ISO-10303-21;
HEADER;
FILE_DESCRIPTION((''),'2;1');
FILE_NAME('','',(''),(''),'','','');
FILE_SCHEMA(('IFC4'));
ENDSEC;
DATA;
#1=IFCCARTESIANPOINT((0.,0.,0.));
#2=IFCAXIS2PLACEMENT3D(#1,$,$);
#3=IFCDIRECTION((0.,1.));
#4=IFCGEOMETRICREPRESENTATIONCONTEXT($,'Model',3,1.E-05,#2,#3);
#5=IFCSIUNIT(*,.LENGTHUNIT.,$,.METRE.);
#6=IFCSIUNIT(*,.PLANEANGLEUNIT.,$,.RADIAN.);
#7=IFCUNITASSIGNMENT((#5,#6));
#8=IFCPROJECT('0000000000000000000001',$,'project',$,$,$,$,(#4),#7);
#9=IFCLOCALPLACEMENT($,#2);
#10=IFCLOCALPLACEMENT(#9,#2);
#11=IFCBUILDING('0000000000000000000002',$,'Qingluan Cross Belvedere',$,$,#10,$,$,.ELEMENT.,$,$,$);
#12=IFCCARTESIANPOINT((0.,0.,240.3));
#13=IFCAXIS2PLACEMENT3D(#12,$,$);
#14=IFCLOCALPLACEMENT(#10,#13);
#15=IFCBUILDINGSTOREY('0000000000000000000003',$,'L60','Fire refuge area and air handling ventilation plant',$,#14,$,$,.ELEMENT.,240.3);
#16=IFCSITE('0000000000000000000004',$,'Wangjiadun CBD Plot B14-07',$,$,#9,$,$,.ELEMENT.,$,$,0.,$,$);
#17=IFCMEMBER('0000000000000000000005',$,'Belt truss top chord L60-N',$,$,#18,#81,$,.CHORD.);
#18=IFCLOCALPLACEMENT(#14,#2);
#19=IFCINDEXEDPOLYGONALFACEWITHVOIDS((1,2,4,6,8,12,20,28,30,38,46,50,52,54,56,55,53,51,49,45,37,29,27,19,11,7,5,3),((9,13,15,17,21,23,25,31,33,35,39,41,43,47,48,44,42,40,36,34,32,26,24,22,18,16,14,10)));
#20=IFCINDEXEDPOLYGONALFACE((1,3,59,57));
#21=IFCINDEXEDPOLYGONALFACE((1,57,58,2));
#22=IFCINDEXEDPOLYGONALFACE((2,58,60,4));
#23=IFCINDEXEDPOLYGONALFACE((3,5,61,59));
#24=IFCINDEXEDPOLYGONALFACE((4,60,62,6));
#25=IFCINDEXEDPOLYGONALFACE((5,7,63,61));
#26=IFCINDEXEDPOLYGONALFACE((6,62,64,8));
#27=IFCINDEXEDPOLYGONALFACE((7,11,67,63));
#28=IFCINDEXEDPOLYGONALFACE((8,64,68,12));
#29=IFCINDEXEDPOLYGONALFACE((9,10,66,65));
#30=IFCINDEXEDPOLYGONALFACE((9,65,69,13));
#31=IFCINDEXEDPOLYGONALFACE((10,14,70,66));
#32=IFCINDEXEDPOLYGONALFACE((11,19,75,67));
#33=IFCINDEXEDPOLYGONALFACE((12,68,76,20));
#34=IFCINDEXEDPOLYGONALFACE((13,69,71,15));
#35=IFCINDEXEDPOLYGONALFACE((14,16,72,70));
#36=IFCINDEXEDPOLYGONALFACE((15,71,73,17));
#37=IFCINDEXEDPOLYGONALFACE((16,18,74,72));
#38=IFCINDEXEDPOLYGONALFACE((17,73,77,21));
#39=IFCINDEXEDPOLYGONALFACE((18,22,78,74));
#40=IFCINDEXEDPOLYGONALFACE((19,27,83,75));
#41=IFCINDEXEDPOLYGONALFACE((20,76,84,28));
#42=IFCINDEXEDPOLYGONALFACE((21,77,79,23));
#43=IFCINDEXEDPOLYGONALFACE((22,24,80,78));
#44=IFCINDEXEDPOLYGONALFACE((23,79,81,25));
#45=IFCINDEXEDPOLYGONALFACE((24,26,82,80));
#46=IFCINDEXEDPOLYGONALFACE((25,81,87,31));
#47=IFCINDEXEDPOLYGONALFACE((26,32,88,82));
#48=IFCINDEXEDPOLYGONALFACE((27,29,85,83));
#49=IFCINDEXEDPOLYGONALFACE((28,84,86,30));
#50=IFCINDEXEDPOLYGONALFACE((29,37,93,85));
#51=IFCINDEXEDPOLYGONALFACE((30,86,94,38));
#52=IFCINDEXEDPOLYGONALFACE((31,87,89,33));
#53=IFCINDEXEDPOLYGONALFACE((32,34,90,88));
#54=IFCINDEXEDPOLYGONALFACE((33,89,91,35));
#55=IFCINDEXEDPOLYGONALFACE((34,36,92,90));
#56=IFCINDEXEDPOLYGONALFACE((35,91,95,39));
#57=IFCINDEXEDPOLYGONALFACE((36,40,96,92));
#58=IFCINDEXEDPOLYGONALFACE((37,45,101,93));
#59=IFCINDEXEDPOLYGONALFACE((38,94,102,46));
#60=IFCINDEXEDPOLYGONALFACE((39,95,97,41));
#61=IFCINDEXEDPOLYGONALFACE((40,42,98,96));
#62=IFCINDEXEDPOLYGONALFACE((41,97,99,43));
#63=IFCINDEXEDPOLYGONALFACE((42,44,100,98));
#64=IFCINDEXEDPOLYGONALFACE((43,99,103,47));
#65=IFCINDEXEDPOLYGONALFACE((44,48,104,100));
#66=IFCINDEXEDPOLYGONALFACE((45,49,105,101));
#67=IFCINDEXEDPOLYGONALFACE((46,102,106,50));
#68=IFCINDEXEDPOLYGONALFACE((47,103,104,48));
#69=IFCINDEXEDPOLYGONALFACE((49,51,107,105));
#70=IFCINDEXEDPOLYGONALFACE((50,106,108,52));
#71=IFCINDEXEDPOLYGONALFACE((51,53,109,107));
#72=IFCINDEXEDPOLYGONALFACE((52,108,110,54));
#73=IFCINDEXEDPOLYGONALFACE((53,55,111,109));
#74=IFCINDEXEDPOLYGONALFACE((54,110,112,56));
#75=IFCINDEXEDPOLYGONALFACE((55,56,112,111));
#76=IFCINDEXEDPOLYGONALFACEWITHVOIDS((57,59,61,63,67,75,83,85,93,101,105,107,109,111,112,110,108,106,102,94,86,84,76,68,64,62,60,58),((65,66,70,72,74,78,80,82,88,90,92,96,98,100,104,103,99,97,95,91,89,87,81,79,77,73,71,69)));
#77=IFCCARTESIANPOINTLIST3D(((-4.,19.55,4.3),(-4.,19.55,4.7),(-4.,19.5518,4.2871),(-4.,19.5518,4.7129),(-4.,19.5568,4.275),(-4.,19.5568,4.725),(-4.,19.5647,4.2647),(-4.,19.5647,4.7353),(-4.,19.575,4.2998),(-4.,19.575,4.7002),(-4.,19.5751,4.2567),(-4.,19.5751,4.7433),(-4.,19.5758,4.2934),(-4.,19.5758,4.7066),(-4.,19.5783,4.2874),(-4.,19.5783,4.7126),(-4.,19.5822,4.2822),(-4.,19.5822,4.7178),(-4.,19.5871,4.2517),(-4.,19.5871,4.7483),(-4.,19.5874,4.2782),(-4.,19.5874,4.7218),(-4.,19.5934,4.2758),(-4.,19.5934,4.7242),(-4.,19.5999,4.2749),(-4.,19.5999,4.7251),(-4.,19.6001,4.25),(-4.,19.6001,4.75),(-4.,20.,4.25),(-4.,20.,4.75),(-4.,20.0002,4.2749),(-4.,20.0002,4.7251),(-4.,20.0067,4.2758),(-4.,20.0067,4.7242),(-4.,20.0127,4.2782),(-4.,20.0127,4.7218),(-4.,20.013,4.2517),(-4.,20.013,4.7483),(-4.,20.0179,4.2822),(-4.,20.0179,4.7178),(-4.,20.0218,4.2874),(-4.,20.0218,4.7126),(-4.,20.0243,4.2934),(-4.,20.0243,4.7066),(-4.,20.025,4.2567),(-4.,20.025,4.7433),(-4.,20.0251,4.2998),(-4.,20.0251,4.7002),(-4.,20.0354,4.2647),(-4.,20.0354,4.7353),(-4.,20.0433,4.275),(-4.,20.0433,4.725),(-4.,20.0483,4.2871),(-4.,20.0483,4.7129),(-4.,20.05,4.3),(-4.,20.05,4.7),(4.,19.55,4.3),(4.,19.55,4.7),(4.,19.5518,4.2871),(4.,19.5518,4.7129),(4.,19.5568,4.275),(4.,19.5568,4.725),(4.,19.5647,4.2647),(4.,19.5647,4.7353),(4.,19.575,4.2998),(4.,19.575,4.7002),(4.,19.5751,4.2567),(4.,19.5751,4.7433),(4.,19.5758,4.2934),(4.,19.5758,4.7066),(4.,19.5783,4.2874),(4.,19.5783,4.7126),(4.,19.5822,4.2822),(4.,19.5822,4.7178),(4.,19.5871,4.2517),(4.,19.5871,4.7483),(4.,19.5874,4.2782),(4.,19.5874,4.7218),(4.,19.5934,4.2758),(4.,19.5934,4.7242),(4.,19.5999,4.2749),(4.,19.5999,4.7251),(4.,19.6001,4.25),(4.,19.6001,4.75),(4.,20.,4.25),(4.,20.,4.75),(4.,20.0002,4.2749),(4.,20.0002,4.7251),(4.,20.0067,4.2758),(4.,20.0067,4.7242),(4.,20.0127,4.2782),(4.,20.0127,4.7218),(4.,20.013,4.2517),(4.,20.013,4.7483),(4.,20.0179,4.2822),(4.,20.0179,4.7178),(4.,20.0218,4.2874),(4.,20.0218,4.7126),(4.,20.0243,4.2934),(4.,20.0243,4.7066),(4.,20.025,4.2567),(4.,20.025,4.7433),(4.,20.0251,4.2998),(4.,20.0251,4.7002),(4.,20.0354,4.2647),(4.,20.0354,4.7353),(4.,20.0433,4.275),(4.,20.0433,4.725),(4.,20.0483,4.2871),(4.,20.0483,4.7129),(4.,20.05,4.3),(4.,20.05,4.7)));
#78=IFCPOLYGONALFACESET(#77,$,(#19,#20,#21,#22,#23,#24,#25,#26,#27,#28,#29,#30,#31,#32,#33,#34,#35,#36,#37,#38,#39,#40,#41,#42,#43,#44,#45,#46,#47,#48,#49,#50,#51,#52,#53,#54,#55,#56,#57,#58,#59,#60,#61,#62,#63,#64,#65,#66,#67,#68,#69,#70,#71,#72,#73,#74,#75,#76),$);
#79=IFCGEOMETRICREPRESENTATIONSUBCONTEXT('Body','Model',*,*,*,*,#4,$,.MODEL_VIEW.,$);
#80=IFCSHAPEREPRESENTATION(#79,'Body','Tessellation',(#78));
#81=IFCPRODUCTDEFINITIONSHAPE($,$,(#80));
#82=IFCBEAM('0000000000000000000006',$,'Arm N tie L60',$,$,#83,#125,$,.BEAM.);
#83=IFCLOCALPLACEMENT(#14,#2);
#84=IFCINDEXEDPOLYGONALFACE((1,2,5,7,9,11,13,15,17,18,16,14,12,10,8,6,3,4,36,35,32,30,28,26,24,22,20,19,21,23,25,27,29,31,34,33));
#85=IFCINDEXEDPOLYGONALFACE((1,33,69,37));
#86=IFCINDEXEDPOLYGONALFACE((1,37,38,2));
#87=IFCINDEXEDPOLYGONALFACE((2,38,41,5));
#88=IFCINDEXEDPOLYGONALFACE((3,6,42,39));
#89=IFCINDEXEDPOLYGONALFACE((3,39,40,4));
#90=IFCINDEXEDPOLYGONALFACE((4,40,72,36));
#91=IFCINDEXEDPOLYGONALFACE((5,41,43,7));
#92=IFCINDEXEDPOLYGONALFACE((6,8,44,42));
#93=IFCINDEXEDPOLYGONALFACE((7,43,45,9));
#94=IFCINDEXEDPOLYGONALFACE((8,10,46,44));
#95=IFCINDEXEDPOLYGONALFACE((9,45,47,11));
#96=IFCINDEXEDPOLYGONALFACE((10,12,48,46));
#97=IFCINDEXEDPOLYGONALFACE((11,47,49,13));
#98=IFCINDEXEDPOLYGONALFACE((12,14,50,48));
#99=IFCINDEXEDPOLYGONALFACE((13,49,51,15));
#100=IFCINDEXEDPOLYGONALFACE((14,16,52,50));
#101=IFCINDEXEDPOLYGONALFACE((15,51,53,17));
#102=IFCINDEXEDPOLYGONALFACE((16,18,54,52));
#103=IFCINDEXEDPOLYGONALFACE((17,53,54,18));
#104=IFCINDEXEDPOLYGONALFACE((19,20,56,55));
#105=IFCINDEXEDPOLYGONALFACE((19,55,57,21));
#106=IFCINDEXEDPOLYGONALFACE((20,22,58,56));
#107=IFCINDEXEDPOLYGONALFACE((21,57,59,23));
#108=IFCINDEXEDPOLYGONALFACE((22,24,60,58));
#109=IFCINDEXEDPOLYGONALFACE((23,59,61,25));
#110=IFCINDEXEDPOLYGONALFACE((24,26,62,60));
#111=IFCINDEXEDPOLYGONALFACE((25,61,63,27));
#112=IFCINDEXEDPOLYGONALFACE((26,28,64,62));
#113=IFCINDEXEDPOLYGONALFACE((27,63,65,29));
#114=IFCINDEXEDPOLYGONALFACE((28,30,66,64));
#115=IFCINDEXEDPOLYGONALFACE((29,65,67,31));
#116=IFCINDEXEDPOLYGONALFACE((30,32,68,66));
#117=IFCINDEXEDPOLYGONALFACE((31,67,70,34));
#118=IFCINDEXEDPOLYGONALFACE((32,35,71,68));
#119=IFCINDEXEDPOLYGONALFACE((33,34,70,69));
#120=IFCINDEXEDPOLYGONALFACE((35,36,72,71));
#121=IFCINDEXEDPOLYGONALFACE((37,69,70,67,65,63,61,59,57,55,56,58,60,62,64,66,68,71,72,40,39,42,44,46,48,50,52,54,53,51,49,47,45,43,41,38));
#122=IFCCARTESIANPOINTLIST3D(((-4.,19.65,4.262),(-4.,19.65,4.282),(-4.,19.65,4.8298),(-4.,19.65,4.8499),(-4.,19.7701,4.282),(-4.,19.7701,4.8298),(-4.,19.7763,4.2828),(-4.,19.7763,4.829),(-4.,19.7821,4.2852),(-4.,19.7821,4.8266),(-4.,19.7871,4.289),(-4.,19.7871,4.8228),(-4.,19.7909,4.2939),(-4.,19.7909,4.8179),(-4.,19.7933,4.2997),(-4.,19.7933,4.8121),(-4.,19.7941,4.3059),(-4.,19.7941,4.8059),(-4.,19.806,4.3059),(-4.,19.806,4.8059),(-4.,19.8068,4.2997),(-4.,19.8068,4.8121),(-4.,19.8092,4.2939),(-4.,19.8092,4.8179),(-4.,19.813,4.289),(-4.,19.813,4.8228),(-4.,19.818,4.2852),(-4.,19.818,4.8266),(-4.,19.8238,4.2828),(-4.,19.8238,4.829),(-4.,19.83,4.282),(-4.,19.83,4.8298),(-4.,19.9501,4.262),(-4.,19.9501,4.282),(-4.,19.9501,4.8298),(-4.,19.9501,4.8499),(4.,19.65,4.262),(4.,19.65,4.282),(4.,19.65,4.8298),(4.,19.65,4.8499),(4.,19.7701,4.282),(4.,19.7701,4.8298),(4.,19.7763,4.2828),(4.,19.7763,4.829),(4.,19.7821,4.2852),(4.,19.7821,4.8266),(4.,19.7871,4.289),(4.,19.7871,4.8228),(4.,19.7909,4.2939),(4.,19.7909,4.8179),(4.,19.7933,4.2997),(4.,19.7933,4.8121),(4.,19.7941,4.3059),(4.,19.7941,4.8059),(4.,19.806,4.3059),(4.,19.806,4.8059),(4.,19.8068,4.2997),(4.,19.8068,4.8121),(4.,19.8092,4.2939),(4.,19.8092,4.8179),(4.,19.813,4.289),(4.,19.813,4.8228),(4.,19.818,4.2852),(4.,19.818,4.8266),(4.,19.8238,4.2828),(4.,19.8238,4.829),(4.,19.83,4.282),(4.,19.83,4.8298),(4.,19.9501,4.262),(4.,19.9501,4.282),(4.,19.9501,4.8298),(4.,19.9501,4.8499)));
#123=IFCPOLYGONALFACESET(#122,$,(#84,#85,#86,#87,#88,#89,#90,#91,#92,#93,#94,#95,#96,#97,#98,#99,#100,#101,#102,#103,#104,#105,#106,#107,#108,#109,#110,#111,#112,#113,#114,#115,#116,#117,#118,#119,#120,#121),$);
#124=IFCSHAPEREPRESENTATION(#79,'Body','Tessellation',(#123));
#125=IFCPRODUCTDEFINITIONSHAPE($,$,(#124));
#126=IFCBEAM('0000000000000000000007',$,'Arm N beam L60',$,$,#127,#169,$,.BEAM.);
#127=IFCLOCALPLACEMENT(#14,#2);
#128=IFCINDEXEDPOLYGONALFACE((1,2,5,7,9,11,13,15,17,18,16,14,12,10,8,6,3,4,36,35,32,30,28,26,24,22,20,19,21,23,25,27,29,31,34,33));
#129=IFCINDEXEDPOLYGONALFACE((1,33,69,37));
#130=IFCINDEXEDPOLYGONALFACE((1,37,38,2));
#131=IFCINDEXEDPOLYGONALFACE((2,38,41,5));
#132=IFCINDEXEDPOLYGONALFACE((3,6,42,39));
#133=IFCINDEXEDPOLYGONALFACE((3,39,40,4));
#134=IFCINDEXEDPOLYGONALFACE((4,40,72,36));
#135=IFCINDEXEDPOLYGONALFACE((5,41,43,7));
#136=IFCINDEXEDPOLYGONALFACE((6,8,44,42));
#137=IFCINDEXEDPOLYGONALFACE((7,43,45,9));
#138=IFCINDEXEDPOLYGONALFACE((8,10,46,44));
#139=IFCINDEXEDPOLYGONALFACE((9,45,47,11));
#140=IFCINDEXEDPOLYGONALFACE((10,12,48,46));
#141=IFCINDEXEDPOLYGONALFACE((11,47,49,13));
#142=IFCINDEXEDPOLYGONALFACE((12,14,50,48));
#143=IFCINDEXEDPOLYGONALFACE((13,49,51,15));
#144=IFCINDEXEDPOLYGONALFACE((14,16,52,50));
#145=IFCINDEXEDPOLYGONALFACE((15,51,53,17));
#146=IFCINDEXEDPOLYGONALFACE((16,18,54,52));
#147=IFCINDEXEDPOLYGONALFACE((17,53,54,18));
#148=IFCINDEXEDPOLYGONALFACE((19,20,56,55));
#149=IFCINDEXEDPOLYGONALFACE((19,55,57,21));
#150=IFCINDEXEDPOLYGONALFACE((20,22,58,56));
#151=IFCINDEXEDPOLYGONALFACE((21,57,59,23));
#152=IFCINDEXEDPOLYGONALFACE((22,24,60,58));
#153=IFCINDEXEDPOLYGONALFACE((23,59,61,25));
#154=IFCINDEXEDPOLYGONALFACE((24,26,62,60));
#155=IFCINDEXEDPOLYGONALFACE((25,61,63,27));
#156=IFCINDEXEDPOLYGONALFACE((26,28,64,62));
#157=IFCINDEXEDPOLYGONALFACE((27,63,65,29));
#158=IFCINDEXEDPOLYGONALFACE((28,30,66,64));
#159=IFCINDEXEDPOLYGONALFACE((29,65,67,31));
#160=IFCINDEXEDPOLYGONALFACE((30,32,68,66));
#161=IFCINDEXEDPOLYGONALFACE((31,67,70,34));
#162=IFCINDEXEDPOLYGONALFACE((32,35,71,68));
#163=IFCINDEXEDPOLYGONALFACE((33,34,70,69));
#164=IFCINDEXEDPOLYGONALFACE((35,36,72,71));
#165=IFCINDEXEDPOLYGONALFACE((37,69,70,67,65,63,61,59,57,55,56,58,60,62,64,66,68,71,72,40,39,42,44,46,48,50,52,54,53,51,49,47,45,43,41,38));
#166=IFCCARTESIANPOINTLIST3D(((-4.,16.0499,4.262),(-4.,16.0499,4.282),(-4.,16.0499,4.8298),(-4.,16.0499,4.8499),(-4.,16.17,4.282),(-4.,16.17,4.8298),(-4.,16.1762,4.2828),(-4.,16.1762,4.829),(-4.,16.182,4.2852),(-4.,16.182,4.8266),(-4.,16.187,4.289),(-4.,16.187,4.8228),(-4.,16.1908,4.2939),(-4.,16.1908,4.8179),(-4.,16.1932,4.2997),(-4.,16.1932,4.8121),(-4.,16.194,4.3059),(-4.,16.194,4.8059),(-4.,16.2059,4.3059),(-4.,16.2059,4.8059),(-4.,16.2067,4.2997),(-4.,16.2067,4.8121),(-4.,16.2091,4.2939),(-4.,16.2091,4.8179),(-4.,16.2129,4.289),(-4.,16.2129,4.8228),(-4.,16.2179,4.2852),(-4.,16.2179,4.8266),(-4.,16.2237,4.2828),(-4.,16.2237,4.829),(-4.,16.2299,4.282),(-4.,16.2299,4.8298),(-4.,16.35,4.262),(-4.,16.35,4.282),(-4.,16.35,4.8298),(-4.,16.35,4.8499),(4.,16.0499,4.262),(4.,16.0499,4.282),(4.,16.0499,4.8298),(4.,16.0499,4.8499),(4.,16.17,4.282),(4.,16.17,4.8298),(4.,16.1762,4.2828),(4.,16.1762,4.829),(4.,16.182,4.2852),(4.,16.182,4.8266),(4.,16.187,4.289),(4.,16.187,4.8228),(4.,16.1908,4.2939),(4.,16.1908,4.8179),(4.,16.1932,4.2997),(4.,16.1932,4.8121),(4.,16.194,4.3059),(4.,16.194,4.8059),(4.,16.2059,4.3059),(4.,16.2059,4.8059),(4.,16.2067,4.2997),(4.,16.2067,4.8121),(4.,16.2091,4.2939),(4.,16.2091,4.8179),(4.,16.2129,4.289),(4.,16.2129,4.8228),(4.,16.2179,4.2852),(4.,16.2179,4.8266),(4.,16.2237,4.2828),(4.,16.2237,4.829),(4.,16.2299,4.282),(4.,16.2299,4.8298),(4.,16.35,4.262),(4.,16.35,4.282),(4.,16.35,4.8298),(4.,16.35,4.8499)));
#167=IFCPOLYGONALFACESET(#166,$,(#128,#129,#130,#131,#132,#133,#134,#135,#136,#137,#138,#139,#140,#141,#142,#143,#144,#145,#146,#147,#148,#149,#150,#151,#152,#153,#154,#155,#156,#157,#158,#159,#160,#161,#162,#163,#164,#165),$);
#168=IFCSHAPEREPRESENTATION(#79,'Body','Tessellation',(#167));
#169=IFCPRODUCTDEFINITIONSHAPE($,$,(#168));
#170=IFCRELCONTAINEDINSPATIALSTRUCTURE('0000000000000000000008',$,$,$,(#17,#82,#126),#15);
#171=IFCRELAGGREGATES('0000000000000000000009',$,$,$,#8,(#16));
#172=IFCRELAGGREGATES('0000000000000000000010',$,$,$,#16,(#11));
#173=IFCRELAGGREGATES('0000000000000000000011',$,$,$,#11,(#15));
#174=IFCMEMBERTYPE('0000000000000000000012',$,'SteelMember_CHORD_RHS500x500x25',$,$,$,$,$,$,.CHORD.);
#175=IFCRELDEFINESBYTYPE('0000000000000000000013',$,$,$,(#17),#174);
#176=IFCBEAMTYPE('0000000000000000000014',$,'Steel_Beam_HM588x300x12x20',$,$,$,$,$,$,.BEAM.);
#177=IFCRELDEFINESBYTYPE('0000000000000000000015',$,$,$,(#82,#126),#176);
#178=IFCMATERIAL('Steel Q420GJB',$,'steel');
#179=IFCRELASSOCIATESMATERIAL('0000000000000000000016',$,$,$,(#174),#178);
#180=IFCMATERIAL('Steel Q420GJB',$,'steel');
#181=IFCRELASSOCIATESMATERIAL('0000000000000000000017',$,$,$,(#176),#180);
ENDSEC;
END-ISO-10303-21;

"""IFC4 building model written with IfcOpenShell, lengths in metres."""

from ifc_helpers import new_model, si_unit, direction, frame, origin, origin_2d, place, context, subcontext, project, spatial, hollow_rectangle, i_section, extrude, material, material_profile, profile_set, type_object, element, save


model = new_model("IFC4")

# Units and contexts
model_context = context("Model", 3, precision=1e-05, world=origin(), true_north=direction((0.0, 1.0)))
body_context = subcontext(model_context, "Body", "Model", "MODEL_VIEW")
ifc_project = project(units=[si_unit("LENGTHUNIT", "METRE"), si_unit("PLANEANGLEUNIT", "RADIAN")], contexts=[model_context])

# Site, building, storey
site_placement = place(None, origin())
site = spatial("IfcSite", under=ifc_project, at=site_placement, Name="Wangjiadun CBD Plot B14-07", CompositionType="ELEMENT", RefElevation=0.0)
building_placement = place(site_placement, origin())
building = spatial("IfcBuilding", under=site, at=building_placement, Name="Qingluan Cross Belvedere", CompositionType="ELEMENT")
storey_placement = place(building_placement, frame((0.0, 0.0, 240.3)))
storey = spatial("IfcBuildingStorey", under=building, at=storey_placement, Name="L60", Description="Fire refuge area and air handling ventilation plant", CompositionType="ELEMENT", Elevation=240.3)

# Member
ifc_material_1 = material(Name="Steel Q420GJB", Category="steel")
ifc_material_profile_1 = material_profile(ifc_material_1, hollow_rectangle(XDim=0.5, YDim=0.5, WallThickness=0.0249, InnerFilletRadius=0.0249, OuterFilletRadius=0.05, at=origin_2d()), Name="RHS500x500x25")
ifc_profile_set_1 = profile_set([ifc_material_profile_1], Name="Steel Q420GJB")
member_type_1 = type_object("IfcMemberType", Name="SteelMember_CHORD_RHS500x500x25", PredefinedType="CHORD", material=ifc_profile_set_1)
for number, where, z_axis, x_axis, name in (
    (1, (-4.0, 19.8, 4.5), (1.0, 0.0, 0.0), (0.0, 1.0, 0.0), "Belt truss top chord L60-N"),
):
    element("IfcMember", number, at=place(storey_placement, frame(where, z_axis=z_axis, x_axis=x_axis)), inside=storey, type_object=member_type_1, Name=name, PredefinedType="CHORD", context=body_context, shape_type="SweptSolid", body=[
        extrude(hollow_rectangle(XDim=0.5, YDim=0.5, WallThickness=0.0249, InnerFilletRadius=0.0249, OuterFilletRadius=0.05, at=origin_2d()), origin(), (0.0, 0.0, 1.0), 8.0),
    ])

# Beams
ifc_material_2 = material(Name="Steel Q420GJB", Category="steel")
ifc_material_profile_2 = material_profile(ifc_material_2, i_section(OverallWidth=0.3, OverallDepth=0.5879, WebThickness=0.012, FlangeThickness=0.02, FilletRadius=0.0239, at=origin_2d()), Name="HM588x300x12x20")
ifc_profile_set_2 = profile_set([ifc_material_profile_2], Name="Steel Q420GJB")
beam_type_1 = type_object("IfcBeamType", Name="Steel_Beam_HM588x300x12x20", PredefinedType="BEAM", material=ifc_profile_set_2)
for number, where, z_axis, x_axis, name in (
    (2, (-4.0, 19.8, 4.5559), (1.0, 0.0, 0.0), (0.0, 1.0, 0.0), "Arm N tie L60"),
    (3, (-4.0, 16.2, 4.5559), (1.0, 0.0, 0.0), (0.0, 1.0, 0.0), "Arm N beam L60"),
):
    element("IfcBeam", number, at=place(storey_placement, frame(where, z_axis=z_axis, x_axis=x_axis)), inside=storey, type_object=beam_type_1, Name=name, PredefinedType="BEAM", context=body_context, shape_type="SweptSolid", body=[
        extrude(i_section(OverallWidth=0.3, OverallDepth=0.5879, WebThickness=0.012, FlangeThickness=0.02, FilletRadius=0.0239, at=origin_2d()), origin(), (0.0, 0.0, 1.0), 8.0),
    ])

save(model, "model.ifc")
